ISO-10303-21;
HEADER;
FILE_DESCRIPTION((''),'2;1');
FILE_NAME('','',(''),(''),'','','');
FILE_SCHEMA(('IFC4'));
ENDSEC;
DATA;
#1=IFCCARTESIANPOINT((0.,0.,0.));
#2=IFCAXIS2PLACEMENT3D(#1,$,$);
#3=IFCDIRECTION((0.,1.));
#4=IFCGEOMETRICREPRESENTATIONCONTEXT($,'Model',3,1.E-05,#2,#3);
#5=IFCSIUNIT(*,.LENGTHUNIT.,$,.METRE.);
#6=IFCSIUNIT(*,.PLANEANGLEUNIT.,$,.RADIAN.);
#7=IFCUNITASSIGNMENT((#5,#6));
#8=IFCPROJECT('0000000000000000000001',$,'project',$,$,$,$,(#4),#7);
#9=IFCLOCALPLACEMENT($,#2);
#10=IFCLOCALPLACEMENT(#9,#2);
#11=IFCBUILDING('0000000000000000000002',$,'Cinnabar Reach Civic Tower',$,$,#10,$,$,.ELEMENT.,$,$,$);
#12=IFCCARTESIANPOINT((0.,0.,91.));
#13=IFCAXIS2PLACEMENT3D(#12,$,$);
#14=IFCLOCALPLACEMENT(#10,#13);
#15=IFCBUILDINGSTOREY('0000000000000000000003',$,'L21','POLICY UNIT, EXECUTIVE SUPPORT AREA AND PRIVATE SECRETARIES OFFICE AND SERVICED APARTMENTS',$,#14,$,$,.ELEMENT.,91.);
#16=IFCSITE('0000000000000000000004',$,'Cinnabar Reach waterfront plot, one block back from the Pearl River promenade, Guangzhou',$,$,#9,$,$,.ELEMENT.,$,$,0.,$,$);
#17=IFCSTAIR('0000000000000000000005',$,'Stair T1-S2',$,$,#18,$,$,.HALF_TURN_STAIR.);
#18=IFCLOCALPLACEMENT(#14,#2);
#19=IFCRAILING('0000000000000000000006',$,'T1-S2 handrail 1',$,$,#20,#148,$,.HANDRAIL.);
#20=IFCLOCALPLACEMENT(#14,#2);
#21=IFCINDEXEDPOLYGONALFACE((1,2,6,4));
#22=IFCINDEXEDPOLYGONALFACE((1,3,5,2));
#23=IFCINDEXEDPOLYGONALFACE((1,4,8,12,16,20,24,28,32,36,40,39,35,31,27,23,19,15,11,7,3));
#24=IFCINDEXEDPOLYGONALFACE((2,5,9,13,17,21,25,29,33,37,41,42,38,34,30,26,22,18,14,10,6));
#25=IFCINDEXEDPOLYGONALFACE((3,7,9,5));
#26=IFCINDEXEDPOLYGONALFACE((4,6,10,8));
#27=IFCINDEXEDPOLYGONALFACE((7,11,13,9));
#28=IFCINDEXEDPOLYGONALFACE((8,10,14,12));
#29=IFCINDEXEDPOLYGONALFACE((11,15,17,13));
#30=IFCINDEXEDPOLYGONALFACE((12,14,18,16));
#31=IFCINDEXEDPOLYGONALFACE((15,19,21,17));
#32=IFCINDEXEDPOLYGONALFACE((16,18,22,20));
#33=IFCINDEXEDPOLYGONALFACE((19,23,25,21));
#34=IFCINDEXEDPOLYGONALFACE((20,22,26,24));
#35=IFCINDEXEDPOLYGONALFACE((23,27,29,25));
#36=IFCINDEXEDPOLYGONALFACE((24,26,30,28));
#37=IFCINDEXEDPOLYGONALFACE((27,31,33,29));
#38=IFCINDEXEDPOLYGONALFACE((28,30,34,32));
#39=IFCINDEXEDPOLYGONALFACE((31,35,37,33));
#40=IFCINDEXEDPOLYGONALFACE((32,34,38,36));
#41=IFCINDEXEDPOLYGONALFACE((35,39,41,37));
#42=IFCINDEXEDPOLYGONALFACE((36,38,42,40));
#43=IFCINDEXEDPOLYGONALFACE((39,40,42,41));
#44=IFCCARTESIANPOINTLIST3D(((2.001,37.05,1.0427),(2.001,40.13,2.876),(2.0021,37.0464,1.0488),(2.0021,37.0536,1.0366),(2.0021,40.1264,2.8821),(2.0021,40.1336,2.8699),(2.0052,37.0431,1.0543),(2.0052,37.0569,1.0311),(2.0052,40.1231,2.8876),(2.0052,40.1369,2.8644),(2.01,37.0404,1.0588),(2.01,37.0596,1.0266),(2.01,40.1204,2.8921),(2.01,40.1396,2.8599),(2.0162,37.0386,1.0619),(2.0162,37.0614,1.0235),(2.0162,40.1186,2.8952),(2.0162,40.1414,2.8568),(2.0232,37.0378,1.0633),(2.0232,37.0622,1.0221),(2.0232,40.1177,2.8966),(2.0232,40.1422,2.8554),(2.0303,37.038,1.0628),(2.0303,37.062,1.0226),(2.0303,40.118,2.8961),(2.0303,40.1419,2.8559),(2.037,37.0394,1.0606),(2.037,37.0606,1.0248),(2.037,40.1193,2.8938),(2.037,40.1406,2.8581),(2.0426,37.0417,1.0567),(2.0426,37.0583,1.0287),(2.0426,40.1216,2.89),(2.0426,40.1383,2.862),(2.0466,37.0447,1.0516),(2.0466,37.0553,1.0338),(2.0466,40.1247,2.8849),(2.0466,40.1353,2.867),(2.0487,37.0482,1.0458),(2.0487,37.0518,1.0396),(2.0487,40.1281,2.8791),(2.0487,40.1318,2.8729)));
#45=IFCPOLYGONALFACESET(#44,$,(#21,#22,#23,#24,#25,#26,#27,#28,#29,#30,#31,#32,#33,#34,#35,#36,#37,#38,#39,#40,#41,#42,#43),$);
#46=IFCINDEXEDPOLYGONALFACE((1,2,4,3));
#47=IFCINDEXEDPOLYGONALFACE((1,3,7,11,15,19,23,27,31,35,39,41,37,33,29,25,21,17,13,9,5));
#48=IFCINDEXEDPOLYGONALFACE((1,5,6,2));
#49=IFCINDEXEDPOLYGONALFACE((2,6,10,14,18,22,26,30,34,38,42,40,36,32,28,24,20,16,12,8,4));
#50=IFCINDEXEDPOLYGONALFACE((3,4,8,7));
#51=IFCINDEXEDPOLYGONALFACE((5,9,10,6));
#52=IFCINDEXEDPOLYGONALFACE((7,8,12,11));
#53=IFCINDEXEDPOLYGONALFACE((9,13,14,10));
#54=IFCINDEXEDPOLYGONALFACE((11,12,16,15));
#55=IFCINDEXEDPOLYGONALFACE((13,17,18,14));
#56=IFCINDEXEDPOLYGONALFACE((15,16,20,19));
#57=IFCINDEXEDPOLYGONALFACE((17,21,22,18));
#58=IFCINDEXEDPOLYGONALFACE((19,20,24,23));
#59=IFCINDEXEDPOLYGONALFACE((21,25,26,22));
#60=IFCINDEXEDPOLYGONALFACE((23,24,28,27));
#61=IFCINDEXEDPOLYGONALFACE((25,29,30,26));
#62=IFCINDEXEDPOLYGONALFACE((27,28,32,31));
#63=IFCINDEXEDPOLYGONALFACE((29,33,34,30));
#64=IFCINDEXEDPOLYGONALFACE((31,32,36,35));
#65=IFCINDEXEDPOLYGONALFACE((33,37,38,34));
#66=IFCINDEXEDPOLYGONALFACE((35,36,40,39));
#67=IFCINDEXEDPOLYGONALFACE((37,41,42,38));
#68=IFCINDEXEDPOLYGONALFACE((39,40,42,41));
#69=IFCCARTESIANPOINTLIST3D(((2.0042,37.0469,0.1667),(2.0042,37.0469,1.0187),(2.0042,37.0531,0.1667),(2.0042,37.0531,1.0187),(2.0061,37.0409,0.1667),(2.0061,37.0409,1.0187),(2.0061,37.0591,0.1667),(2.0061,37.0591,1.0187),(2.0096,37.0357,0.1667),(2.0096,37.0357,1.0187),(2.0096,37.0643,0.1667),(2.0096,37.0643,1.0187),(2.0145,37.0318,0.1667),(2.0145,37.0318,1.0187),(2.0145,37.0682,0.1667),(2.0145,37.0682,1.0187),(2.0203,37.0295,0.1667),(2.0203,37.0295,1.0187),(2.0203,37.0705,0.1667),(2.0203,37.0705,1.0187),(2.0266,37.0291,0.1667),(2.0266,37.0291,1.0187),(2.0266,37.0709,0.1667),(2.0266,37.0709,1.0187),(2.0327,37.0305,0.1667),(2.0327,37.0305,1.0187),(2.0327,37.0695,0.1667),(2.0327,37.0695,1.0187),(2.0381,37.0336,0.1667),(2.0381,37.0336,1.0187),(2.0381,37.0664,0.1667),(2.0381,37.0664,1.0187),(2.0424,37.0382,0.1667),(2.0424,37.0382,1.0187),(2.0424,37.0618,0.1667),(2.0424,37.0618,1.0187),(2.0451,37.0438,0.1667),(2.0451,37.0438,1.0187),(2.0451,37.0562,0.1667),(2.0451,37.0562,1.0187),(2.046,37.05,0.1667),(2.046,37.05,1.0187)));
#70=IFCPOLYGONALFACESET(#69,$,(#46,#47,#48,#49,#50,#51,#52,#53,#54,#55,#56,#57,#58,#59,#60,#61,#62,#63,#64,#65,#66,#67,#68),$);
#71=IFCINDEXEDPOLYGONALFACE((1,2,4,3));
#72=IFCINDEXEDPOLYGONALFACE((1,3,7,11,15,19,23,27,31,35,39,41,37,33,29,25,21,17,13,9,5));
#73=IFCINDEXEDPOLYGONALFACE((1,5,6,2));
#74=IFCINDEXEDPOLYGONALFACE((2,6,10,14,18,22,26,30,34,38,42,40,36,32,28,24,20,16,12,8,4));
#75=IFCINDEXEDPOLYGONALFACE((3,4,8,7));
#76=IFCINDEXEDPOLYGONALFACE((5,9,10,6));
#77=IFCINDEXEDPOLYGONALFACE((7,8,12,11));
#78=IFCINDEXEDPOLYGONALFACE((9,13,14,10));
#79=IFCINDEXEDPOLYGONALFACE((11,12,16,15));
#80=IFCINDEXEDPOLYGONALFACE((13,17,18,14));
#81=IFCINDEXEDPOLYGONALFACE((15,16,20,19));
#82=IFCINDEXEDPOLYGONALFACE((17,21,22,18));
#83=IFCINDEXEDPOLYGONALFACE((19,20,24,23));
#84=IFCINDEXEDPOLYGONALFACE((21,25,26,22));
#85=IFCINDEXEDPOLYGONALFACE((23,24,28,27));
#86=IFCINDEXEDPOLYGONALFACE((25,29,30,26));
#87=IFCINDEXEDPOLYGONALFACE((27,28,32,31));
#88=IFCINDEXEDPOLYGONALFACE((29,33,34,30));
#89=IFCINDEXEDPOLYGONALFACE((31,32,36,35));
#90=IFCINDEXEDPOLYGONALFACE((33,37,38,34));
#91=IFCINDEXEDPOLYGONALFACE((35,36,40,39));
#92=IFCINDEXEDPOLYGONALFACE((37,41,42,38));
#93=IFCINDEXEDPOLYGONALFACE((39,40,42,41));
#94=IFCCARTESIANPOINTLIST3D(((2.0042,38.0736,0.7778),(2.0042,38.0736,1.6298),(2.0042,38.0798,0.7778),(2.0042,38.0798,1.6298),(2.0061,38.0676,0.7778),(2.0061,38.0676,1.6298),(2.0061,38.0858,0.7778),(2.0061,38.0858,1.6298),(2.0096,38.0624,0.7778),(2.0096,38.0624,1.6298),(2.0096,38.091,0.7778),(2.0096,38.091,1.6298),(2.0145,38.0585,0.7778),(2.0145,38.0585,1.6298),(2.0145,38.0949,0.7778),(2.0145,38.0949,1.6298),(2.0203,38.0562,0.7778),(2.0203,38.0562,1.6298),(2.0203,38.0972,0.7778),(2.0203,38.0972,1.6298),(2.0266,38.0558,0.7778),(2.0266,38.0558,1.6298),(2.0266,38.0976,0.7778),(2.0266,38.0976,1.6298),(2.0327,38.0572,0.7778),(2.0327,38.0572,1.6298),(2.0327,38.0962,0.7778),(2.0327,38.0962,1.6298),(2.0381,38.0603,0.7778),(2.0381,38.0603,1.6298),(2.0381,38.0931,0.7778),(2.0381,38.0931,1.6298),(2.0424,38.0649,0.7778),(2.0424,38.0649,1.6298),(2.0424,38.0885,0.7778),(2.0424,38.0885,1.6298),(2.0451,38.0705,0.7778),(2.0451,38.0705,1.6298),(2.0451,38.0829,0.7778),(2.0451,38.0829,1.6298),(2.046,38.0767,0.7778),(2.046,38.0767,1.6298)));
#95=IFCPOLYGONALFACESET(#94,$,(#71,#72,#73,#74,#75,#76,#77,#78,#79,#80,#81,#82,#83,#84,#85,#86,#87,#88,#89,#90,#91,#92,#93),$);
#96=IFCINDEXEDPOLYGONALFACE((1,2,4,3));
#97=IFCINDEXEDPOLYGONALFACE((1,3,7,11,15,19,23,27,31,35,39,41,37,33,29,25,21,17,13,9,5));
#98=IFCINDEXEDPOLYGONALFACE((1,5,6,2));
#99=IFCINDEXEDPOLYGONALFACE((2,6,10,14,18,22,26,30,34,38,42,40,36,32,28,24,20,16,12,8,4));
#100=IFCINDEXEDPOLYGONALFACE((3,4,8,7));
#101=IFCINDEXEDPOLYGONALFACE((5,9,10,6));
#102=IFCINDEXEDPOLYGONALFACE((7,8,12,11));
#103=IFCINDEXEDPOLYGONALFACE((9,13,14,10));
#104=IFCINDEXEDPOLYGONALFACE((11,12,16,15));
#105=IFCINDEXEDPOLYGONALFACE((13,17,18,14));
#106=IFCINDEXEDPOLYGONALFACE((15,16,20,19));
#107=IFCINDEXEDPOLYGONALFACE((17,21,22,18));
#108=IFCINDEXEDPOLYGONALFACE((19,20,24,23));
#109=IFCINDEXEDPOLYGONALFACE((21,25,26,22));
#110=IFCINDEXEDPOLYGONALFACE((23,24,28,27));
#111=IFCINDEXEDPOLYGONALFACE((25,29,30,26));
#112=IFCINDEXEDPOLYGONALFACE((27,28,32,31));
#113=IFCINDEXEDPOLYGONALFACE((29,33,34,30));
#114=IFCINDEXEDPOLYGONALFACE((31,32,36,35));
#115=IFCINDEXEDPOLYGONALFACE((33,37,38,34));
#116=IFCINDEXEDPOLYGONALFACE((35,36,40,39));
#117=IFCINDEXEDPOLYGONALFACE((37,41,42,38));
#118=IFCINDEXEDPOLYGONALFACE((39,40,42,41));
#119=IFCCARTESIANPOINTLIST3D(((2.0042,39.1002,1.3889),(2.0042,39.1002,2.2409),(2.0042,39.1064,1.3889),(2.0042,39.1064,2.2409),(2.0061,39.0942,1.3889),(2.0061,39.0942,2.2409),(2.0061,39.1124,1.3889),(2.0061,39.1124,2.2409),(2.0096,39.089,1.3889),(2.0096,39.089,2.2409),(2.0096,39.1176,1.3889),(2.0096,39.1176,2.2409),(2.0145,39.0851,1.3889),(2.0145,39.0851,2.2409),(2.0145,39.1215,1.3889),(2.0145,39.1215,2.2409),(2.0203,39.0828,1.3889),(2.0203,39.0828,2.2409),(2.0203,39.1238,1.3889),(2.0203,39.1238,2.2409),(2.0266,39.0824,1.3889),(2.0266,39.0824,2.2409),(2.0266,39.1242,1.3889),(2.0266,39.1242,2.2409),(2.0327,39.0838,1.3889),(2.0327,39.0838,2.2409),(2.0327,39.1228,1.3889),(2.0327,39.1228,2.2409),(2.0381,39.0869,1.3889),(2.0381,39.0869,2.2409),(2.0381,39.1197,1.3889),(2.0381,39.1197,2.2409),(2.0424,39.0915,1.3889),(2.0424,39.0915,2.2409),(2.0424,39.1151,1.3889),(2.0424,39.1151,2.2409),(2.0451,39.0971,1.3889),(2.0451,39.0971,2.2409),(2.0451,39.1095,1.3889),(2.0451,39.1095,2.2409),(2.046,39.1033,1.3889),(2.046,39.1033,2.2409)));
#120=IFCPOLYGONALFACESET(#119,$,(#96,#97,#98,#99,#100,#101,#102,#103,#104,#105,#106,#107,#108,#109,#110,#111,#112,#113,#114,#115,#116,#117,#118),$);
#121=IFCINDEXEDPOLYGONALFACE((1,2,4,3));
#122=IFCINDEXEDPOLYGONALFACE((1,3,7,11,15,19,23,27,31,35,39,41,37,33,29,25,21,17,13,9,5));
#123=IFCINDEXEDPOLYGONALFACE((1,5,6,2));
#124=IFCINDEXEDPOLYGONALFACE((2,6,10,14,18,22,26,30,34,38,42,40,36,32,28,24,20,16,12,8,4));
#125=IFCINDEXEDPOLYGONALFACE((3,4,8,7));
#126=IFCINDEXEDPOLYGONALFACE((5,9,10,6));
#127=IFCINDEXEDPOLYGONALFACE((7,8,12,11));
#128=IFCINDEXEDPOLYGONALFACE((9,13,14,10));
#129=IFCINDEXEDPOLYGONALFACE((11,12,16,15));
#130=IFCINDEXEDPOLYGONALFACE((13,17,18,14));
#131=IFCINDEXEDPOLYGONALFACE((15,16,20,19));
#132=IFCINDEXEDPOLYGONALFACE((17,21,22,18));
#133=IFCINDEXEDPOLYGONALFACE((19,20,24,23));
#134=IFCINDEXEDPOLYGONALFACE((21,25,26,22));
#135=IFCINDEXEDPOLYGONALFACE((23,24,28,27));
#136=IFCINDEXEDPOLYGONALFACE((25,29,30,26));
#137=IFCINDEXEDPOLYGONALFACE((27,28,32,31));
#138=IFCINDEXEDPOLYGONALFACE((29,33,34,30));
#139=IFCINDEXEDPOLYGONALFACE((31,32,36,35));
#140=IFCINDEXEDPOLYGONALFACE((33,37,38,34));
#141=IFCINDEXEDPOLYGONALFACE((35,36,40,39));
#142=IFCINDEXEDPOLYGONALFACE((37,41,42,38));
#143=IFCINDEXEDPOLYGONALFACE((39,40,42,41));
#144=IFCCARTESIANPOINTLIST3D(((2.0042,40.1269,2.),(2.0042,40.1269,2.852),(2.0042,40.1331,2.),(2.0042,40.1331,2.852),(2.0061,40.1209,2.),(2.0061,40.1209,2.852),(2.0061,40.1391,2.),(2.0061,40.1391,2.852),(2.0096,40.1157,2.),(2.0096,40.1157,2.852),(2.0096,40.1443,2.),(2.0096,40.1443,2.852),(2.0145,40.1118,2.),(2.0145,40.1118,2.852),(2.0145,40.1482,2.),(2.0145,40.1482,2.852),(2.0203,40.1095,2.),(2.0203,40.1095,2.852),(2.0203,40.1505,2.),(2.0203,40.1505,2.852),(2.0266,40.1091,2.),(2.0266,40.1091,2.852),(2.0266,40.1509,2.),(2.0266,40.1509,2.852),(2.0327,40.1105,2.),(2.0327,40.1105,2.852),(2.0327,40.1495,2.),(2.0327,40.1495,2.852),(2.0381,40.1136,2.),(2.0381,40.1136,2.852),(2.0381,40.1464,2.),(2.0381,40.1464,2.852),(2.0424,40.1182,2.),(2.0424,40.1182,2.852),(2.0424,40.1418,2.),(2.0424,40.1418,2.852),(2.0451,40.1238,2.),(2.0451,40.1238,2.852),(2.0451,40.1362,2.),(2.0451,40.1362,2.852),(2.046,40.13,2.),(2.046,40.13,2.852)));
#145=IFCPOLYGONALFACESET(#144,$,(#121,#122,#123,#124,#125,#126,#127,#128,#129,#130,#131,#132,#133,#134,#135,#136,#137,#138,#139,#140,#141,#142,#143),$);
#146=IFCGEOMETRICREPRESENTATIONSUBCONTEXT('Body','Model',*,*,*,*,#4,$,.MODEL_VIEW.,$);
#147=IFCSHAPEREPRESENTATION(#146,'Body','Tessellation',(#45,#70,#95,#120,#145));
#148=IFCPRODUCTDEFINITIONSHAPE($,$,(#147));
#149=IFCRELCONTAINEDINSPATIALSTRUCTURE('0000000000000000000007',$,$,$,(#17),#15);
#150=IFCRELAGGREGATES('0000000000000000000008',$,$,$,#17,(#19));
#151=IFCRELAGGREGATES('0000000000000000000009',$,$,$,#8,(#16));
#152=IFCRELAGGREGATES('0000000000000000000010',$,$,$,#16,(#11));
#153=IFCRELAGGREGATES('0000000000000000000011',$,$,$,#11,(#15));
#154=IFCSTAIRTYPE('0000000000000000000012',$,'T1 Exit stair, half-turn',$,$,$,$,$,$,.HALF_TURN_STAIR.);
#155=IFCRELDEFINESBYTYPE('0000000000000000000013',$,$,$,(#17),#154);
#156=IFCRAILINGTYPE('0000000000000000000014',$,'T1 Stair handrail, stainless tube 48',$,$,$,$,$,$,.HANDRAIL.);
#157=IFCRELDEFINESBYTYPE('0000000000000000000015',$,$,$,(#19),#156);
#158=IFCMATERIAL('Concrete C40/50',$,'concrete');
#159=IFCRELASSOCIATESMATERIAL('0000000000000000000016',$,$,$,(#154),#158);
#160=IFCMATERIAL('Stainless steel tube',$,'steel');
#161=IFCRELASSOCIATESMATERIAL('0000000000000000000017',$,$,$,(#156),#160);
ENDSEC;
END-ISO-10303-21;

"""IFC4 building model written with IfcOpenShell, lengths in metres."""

from ifc_helpers import new_model, si_unit, direction, frame, origin, origin_2d, place, context, subcontext, project, spatial, circle, extrude, material, type_object, element, aggregate, save


model = new_model("IFC4")

# Units and contexts
model_context = context("Model", 3, precision=1e-05, world=origin(), true_north=direction((0.0, 1.0)))
body_context = subcontext(model_context, "Body", "Model", "MODEL_VIEW")
ifc_project = project(units=[si_unit("LENGTHUNIT", "METRE"), si_unit("PLANEANGLEUNIT", "RADIAN")], contexts=[model_context])

# Site, building, storey
site_placement = place(None, origin())
site = spatial("IfcSite", under=ifc_project, at=site_placement, Name="Cinnabar Reach waterfront plot, one block back from the Pearl River promenade, Guangzhou", CompositionType="ELEMENT", RefElevation=0.0)
building_placement = place(site_placement, origin())
building = spatial("IfcBuilding", under=site, at=building_placement, Name="Cinnabar Reach Civic Tower", CompositionType="ELEMENT")
storey_placement = place(building_placement, frame((0.0, 0.0, 91.0)))
storey = spatial("IfcBuildingStorey", under=building, at=storey_placement, Name="L21", Description="POLICY UNIT, EXECUTIVE SUPPORT AREA AND PRIVATE SECRETARIES OFFICE AND SERVICED APARTMENTS", CompositionType="ELEMENT", Elevation=91.0)

# Stair, railing
ifc_material_1 = material(Name="Concrete C40/50", Category="concrete")
stair_type = type_object("IfcStairType", Name="T1 Exit stair, half-turn", PredefinedType="HALF_TURN_STAIR", material=ifc_material_1)
stair_placement = place(storey_placement, origin())
stair = element("IfcStair", 1, at=stair_placement, inside=storey, type_object=stair_type, Name="Stair T1-S2", PredefinedType="HALF_TURN_STAIR")
ifc_material_2 = material(Name="Stainless steel tube", Category="steel")
railing_type = type_object("IfcRailingType", Name="T1 Stair handrail, stainless tube 48", PredefinedType="HANDRAIL", material=ifc_material_2)
railing_placement = place(storey_placement, frame((2.025, 37.05, 0.1667)))
railing = element("IfcRailing", 2, at=railing_placement, type_object=railing_type, Name="T1-S2 handrail 1", PredefinedType="HANDRAIL", context=body_context, shape_type="SweptSolid", body=[
    extrude(circle(Radius=0.024, at=origin_2d()), frame((0.0, 0.0, 0.876), z_axis=(0.0, 0.859297, 0.511477), x_axis=(-1.0, 0.0, 0.0)), (0.0, 0.0, 1.0), 3.5843),
    extrude(circle(Radius=0.021, at=origin_2d()), origin(), (0.0, 0.0, 1.0), 0.852),
    extrude(circle(Radius=0.021, at=origin_2d()), frame((0.0, 1.0267, 0.6111)), (0.0, 0.0, 1.0), 0.852),
    extrude(circle(Radius=0.021, at=origin_2d()), frame((0.0, 2.0533, 1.2222)), (0.0, 0.0, 1.0), 0.852),
    extrude(circle(Radius=0.021, at=origin_2d()), frame((0.0, 3.08, 1.8333)), (0.0, 0.0, 1.0), 0.852),
])
aggregate(stair, [railing])

save(model, "model.ifc")
